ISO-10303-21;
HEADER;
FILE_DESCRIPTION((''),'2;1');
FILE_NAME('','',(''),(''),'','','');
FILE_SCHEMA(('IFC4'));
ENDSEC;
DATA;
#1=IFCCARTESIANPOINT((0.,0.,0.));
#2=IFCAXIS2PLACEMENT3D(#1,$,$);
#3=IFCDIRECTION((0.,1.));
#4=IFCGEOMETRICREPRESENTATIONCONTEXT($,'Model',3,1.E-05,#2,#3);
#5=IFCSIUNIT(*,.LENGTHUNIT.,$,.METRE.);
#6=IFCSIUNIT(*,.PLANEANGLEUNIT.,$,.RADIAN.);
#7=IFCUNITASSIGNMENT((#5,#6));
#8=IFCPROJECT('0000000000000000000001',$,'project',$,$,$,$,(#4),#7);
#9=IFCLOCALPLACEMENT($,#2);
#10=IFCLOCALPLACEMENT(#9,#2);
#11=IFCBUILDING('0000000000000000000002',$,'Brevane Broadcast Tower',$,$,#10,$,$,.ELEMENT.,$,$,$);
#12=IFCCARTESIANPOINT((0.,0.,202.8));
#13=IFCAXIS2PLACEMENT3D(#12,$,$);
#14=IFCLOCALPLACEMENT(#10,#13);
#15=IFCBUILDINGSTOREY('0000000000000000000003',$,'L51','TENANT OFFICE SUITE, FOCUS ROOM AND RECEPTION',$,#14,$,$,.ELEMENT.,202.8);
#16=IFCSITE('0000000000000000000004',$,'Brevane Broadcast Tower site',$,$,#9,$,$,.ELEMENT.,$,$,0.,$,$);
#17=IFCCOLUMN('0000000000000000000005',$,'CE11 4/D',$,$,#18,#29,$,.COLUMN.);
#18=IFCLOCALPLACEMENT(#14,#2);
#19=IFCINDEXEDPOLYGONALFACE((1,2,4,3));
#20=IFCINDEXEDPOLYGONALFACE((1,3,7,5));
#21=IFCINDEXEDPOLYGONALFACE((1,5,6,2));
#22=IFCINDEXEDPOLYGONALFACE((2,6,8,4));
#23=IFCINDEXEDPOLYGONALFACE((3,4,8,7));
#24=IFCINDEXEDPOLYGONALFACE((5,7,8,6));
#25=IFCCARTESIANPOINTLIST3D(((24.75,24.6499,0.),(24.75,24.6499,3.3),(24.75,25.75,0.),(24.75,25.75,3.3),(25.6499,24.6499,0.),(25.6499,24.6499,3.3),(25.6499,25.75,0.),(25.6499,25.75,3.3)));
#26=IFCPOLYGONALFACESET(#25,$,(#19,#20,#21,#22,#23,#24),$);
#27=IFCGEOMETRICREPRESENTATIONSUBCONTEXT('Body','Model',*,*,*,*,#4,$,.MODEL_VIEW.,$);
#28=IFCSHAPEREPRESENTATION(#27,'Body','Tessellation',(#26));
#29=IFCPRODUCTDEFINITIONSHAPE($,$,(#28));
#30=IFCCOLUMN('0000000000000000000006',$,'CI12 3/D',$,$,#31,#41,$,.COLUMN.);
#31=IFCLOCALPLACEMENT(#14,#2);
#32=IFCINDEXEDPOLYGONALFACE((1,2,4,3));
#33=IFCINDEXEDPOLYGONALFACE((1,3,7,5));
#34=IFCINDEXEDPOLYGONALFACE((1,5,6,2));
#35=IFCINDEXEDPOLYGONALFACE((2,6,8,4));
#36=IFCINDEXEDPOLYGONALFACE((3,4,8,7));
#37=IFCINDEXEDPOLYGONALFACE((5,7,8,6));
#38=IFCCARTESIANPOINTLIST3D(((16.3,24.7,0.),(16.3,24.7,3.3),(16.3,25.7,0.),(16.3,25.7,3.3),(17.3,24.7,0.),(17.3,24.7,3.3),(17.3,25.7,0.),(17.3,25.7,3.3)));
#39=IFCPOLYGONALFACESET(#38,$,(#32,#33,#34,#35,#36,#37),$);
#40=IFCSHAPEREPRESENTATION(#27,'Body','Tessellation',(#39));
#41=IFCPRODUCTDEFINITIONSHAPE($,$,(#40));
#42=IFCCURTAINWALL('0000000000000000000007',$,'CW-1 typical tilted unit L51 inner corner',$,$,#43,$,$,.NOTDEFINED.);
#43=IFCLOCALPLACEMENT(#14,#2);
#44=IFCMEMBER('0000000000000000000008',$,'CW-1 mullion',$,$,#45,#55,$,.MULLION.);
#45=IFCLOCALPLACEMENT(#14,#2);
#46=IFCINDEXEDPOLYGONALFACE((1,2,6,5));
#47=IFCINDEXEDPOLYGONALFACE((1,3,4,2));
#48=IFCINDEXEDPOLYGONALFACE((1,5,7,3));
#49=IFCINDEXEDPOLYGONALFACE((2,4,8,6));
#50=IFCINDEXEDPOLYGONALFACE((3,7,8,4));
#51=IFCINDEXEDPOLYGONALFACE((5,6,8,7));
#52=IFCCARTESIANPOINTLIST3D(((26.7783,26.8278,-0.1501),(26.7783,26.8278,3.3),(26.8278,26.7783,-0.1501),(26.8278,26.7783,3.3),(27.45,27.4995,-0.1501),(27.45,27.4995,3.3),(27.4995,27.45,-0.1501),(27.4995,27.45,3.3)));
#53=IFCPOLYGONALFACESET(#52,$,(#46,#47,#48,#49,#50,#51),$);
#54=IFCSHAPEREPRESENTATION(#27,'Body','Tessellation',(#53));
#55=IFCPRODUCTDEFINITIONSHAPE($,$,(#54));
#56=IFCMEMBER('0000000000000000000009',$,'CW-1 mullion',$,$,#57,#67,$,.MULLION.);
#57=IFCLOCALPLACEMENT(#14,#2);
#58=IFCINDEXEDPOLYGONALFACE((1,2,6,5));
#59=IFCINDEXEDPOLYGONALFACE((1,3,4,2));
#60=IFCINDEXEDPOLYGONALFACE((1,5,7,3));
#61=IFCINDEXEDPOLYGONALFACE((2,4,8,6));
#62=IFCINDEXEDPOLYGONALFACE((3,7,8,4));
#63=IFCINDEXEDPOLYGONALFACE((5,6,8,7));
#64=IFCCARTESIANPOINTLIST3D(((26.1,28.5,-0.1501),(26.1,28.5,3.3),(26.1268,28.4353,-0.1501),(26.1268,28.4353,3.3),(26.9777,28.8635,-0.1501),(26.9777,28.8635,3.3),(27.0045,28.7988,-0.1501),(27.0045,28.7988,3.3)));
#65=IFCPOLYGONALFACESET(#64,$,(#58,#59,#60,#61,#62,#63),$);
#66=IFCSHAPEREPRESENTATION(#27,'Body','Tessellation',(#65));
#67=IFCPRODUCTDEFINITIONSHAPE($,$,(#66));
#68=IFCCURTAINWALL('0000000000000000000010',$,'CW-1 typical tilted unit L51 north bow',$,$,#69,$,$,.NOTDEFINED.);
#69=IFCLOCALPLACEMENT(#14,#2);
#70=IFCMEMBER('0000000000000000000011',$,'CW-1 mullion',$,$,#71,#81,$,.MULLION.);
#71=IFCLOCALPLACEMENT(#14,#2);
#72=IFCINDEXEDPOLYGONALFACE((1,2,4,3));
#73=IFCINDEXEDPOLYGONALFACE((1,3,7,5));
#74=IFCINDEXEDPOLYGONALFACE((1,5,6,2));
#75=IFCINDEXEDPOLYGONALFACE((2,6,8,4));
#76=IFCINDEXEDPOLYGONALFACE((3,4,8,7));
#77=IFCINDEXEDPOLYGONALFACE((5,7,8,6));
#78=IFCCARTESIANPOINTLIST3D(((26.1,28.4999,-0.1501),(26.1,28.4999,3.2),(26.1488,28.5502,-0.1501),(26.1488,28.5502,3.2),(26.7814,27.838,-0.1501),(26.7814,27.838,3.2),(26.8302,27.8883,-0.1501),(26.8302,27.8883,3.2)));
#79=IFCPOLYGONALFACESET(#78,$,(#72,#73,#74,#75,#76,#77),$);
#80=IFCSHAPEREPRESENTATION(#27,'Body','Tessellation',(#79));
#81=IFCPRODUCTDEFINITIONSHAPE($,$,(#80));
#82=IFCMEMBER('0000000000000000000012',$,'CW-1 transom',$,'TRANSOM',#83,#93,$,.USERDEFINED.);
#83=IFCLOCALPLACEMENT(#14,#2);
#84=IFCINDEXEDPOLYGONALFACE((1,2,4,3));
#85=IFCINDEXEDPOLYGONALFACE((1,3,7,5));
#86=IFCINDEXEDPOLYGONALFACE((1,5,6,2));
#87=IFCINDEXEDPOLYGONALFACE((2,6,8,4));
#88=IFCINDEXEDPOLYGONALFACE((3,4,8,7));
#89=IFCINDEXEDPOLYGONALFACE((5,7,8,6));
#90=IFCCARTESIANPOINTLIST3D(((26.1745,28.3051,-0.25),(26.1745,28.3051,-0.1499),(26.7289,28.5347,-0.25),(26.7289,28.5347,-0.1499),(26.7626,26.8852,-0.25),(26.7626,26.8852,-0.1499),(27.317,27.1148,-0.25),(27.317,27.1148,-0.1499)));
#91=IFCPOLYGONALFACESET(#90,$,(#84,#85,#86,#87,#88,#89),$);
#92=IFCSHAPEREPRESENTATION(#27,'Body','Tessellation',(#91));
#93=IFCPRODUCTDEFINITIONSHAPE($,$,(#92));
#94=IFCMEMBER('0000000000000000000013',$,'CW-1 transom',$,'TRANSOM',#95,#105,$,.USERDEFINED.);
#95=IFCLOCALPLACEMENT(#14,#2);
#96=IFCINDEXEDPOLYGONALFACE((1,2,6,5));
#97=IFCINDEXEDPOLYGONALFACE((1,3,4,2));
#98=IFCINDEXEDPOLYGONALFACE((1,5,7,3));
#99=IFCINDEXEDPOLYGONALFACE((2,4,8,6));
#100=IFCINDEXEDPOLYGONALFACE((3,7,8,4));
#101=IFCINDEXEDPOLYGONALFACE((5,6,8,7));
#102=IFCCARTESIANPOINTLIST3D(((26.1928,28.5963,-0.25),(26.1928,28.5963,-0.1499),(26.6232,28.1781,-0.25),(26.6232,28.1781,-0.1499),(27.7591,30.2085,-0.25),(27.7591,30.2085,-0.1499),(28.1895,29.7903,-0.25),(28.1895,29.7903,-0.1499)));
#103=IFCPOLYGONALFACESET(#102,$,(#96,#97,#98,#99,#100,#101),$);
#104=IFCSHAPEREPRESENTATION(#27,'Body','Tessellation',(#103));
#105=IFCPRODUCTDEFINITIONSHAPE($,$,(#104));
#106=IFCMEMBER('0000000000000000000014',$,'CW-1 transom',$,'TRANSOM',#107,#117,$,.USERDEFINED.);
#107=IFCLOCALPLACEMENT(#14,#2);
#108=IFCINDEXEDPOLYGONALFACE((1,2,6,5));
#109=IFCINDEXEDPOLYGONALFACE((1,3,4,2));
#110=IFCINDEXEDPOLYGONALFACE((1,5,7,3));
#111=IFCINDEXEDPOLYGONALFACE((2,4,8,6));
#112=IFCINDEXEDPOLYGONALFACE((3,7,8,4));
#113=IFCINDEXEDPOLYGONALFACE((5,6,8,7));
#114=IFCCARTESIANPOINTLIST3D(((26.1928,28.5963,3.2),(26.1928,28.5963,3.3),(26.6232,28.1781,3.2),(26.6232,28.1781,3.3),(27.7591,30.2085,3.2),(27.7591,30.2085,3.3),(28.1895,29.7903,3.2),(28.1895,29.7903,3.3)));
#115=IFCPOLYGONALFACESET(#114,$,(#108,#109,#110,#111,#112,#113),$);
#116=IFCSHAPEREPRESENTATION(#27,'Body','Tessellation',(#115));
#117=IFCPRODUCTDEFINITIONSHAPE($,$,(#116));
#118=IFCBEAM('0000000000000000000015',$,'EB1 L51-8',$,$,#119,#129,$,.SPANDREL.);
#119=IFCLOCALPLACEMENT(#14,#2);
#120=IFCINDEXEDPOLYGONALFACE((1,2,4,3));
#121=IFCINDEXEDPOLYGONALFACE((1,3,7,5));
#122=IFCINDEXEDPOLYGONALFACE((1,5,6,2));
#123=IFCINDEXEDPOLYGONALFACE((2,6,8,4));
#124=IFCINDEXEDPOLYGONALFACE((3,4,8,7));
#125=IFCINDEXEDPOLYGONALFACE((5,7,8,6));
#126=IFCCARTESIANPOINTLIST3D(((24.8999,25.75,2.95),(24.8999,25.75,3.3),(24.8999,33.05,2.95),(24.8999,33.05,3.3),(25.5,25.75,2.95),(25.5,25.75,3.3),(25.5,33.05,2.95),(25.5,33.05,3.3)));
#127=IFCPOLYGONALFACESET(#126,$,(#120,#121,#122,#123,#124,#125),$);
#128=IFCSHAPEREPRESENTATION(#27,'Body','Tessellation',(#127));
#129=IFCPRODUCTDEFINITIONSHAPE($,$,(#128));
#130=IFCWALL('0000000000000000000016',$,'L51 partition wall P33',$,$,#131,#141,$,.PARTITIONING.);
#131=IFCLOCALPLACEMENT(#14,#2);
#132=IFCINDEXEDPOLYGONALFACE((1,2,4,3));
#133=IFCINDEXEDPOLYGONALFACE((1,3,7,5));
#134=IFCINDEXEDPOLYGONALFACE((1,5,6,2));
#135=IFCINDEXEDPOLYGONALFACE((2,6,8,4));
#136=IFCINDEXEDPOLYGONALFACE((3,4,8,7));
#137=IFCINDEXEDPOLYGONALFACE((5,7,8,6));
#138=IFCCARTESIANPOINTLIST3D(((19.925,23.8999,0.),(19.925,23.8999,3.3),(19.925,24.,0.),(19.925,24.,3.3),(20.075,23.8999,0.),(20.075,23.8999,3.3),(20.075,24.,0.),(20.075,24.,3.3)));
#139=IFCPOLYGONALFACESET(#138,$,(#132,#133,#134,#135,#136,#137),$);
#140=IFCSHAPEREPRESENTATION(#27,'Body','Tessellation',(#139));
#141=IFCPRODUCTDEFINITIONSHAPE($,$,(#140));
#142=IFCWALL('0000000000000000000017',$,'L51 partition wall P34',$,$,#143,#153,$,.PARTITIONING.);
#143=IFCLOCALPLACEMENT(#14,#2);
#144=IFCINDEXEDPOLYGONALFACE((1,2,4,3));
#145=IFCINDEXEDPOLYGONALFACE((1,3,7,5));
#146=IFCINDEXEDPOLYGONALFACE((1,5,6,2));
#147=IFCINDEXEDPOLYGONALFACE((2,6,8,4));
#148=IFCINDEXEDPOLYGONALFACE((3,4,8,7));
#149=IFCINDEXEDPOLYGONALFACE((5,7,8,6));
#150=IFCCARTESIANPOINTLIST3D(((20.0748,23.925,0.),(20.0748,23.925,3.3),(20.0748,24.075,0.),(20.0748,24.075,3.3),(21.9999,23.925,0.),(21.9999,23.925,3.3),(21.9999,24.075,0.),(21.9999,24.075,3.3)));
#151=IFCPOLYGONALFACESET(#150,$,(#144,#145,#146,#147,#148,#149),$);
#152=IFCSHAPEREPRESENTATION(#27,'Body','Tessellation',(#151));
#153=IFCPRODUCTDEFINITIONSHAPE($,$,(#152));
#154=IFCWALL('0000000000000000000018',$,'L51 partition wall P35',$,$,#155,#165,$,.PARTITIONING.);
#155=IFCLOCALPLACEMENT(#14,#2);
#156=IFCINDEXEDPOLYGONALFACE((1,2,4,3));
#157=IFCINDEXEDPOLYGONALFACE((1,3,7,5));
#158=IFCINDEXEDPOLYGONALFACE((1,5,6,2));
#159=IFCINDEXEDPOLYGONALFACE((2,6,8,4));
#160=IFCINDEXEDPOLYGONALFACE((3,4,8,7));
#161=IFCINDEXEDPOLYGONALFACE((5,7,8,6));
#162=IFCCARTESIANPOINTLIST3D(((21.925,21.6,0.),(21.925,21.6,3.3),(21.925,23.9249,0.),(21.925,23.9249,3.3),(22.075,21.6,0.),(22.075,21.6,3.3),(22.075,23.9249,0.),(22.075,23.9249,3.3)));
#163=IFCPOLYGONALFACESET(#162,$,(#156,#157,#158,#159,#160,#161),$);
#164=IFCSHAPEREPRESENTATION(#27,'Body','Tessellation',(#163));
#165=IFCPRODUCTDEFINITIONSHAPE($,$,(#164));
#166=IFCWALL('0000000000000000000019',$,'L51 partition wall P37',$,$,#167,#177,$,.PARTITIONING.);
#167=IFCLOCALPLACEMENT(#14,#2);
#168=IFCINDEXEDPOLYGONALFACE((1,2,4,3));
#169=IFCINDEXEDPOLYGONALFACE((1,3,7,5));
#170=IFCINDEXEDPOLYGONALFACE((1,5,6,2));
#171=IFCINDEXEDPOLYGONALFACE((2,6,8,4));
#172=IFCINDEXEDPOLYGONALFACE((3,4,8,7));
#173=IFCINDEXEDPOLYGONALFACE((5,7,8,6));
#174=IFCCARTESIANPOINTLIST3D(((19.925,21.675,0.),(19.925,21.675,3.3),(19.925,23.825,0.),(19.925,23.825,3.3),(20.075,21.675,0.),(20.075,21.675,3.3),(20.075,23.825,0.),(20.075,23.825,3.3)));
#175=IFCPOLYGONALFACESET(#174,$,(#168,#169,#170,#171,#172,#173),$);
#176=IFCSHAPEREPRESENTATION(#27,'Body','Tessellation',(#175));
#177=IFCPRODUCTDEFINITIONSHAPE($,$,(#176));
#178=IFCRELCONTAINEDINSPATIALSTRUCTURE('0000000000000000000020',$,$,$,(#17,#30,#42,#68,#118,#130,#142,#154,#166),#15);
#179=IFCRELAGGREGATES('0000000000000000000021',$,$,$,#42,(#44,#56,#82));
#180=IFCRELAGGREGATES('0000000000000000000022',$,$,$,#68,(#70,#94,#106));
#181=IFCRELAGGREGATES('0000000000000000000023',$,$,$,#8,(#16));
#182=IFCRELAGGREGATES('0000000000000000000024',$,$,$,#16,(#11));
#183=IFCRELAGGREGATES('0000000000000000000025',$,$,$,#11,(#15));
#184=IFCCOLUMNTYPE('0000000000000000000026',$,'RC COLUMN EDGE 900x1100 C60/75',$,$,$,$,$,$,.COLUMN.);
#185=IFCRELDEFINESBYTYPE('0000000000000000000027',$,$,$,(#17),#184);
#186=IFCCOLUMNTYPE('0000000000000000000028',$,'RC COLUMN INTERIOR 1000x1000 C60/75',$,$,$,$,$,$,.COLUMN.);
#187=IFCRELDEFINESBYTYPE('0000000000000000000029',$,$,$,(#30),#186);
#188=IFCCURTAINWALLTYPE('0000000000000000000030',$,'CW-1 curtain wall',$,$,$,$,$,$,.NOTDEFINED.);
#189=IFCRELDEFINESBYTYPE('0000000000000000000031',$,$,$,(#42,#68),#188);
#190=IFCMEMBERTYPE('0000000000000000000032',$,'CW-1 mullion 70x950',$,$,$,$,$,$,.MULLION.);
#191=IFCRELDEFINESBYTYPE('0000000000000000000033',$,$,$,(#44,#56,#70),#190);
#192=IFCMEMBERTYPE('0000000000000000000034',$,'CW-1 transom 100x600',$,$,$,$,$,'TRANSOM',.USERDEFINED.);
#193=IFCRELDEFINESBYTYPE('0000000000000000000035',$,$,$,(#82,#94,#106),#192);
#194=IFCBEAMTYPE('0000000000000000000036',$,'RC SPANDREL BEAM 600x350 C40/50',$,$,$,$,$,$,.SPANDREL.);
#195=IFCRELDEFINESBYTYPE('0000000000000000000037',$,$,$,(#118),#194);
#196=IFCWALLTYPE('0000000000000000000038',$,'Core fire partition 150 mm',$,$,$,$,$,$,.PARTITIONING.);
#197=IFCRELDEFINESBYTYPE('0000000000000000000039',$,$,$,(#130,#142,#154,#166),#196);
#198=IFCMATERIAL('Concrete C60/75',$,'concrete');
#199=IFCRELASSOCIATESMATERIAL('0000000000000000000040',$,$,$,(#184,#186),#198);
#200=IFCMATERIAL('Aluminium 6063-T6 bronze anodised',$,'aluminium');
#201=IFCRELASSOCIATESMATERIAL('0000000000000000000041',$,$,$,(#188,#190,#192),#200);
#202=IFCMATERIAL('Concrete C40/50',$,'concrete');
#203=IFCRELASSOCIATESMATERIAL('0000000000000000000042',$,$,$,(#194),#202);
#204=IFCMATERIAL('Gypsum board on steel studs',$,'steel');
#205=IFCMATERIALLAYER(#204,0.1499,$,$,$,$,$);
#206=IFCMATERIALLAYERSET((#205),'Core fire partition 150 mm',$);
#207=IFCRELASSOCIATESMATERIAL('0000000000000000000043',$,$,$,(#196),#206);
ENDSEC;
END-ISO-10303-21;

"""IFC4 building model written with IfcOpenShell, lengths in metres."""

from ifc_helpers import new_model, si_unit, direction, frame, frame_2d, origin, origin_2d, place, context, subcontext, project, spatial, rectangle, extrude, material, layer, layer_set, material_profile, profile_set, type_object, element, aggregate, save


model = new_model("IFC4")

# Units and contexts
model_context = context("Model", 3, precision=1e-05, world=origin(), true_north=direction((0.0, 1.0)))
body_context = subcontext(model_context, "Body", "Model", "MODEL_VIEW")
ifc_project = project(units=[si_unit("LENGTHUNIT", "METRE"), si_unit("PLANEANGLEUNIT", "RADIAN")], contexts=[model_context])

# Site, building, storey
site_placement = place(None, origin())
site = spatial("IfcSite", under=ifc_project, at=site_placement, Name="Brevane Broadcast Tower site", CompositionType="ELEMENT", RefElevation=0.0)
building_placement = place(site_placement, origin())
building = spatial("IfcBuilding", under=site, at=building_placement, Name="Brevane Broadcast Tower", CompositionType="ELEMENT")
storey_placement = place(building_placement, frame((0.0, 0.0, 202.8)))
storey = spatial("IfcBuildingStorey", under=building, at=storey_placement, Name="L51", Description="TENANT OFFICE SUITE, FOCUS ROOM AND RECEPTION", CompositionType="ELEMENT", Elevation=202.8)

# Columns
ifc_material_1 = material(Name="Concrete C60/75", Category="concrete")
ifc_material_profile_1 = material_profile(ifc_material_1, rectangle(XDim=0.8999, YDim=1.1001, at=origin_2d()), Name="RC 900x1100")
ifc_profile_set_1 = profile_set([ifc_material_profile_1], Name="Concrete C60/75")
column_type_1 = type_object("IfcColumnType", Name="RC COLUMN EDGE 900x1100 C60/75", PredefinedType="COLUMN", material=ifc_profile_set_1)
column_1_placement = place(storey_placement, frame((25.2, 25.2, 0.0), z_axis=(0.0, 0.0, 1.0), x_axis=(1.0, 0.0, 0.0)))
element("IfcColumn", 1, at=column_1_placement, inside=storey, type_object=column_type_1, Name="CE11 4/D", PredefinedType="COLUMN", context=body_context, shape_type="SweptSolid", body=[
    extrude(rectangle(XDim=0.8999, YDim=1.1001, at=origin_2d()), origin(), (0.0, 0.0, 1.0), 3.3),
])
ifc_material_profile_2 = material_profile(ifc_material_1, rectangle(XDim=1.0, YDim=1.0, at=origin_2d()), Name="RC 1000x1000")
ifc_profile_set_2 = profile_set([ifc_material_profile_2], Name="Concrete C60/75")
column_type_2 = type_object("IfcColumnType", Name="RC COLUMN INTERIOR 1000x1000 C60/75", PredefinedType="COLUMN", material=ifc_profile_set_2)
column_2_placement = place(storey_placement, frame((16.8, 25.2, 0.0), z_axis=(0.0, 0.0, 1.0), x_axis=(1.0, 0.0, 0.0)))
element("IfcColumn", 2, at=column_2_placement, inside=storey, type_object=column_type_2, Name="CI12 3/D", PredefinedType="COLUMN", context=body_context, shape_type="SweptSolid", body=[
    extrude(rectangle(XDim=1.0, YDim=1.0, at=origin_2d()), origin(), (0.0, 0.0, 1.0), 3.3),
])

# Curtain wall, members
ifc_material_2 = material(Name="Aluminium 6063-T6 bronze anodised", Category="aluminium")
curtain_wall_type = type_object("IfcCurtainWallType", Name="CW-1 curtain wall", PredefinedType="NOTDEFINED", material=ifc_material_2)
curtain_wall_1_placement = place(storey_placement, origin())
curtain_wall_1 = element("IfcCurtainWall", 3, at=curtain_wall_1_placement, inside=storey, type_object=curtain_wall_type, Name="CW-1 typical tilted unit L51 inner corner", PredefinedType="NOTDEFINED")
ifc_material_profile_3 = material_profile(ifc_material_2, rectangle(XDim=0.95, YDim=0.0701, at=origin_2d()), Name="RECT 70x950")
ifc_profile_set_3 = profile_set([ifc_material_profile_3], Name="Aluminium 6063-T6 bronze anodised")
member_type_1 = type_object("IfcMemberType", Name="CW-1 mullion 70x950", PredefinedType="MULLION", material=ifc_profile_set_3)
member_1_placement = place(storey_placement, frame((27.1389, 27.1389, -0.1501), z_axis=(0.0, 0.0, 1.0), x_axis=(-0.707107, -0.707107, 0.0)))
member_1 = element("IfcMember", 4, at=member_1_placement, type_object=member_type_1, Name="CW-1 mullion", PredefinedType="MULLION", context=body_context, shape_type="SweptSolid", body=[
    extrude(rectangle(XDim=0.95, YDim=0.0701, at=origin_2d()), origin(), (0.0, 0.0, 1.0), 3.4502),
])
member_2_placement = place(storey_placement, frame((26.5522, 28.6494, -0.1501), z_axis=(0.0, 0.0, 1.0), x_axis=(-0.92388, -0.382683, 0.0)))
member_2 = element("IfcMember", 5, at=member_2_placement, type_object=member_type_1, Name="CW-1 mullion", PredefinedType="MULLION", context=body_context, shape_type="SweptSolid", body=[
    extrude(rectangle(XDim=0.95, YDim=0.0701, at=origin_2d()), origin(), (0.0, 0.0, 1.0), 3.4502),
])

# Curtain wall, member
curtain_wall_2_placement = place(storey_placement, origin())
curtain_wall_2 = element("IfcCurtainWall", 6, at=curtain_wall_2_placement, inside=storey, type_object=curtain_wall_type, Name="CW-1 typical tilted unit L51 north bow", PredefinedType="NOTDEFINED")
member_3_placement = place(storey_placement, frame((26.4651, 28.1941, -0.1501), z_axis=(0.0, 0.0, 1.0), x_axis=(-0.717254, 0.696812, 0.0)))
member_3 = element("IfcMember", 7, at=member_3_placement, type_object=member_type_1, Name="CW-1 mullion", PredefinedType="MULLION", context=body_context, shape_type="SweptSolid", body=[
    extrude(rectangle(XDim=0.95, YDim=0.0701, at=origin_2d()), origin(), (0.0, 0.0, 1.0), 3.3501),
])

# Members
ifc_material_profile_4 = material_profile(ifc_material_2, rectangle(XDim=0.6001, YDim=0.1001, at=origin_2d()), Name="RECT 100x600")
ifc_profile_set_4 = profile_set([ifc_material_profile_4], Name="Aluminium 6063-T6 bronze anodised")
member_type_2 = type_object("IfcMemberType", Name="CW-1 transom 100x600", ElementType="TRANSOM", PredefinedType="USERDEFINED", material=ifc_profile_set_4)
member_4_placement = place(storey_placement, frame((27.0398, 27.0, -0.2), z_axis=(-0.382674, 0.923883, 0.0), x_axis=(-0.923883, -0.382674, 0.0)))
member_4 = element("IfcMember", 8, at=member_4_placement, type_object=member_type_2, Name="CW-1 transom", ObjectType="TRANSOM", PredefinedType="USERDEFINED", context=body_context, shape_type="SweptSolid", body=[
    extrude(rectangle(XDim=0.6001, YDim=0.1001, at=origin_2d()), origin(), (0.0, 0.0, 1.0), 1.5369),
])
aggregate(curtain_wall_1, [member_1, member_2, member_4])
member_5_placement = place(storey_placement, frame((26.408, 28.3872, -0.2), z_axis=(0.696824, 0.717242, 0.0), x_axis=(-0.717242, 0.696824, 0.0)))
member_5 = element("IfcMember", 9, at=member_5_placement, type_object=member_type_2, Name="CW-1 transom", ObjectType="TRANSOM", PredefinedType="USERDEFINED", context=body_context, shape_type="SweptSolid", body=[
    extrude(rectangle(XDim=0.6001, YDim=0.1001, at=origin_2d()), origin(), (0.0, 0.0, 1.0), 2.2478),
])
member_6_placement = place(storey_placement, frame((26.408, 28.3872, 3.25), z_axis=(0.696824, 0.717242, 0.0), x_axis=(-0.717242, 0.696824, 0.0)))
member_6 = element("IfcMember", 10, at=member_6_placement, type_object=member_type_2, Name="CW-1 transom", ObjectType="TRANSOM", PredefinedType="USERDEFINED", context=body_context, shape_type="SweptSolid", body=[
    extrude(rectangle(XDim=0.6001, YDim=0.1001, at=origin_2d()), origin(), (0.0, 0.0, 1.0), 2.2478),
])
aggregate(curtain_wall_2, [member_3, member_5, member_6])

# Beam
ifc_material_3 = material(Name="Concrete C40/50", Category="concrete")
ifc_material_profile_5 = material_profile(ifc_material_3, rectangle(XDim=0.6001, YDim=0.3501, at=origin_2d()), Name="RC 600x350")
ifc_profile_set_5 = profile_set([ifc_material_profile_5], Name="Concrete C40/50")
beam_type = type_object("IfcBeamType", Name="RC SPANDREL BEAM 600x350 C40/50", PredefinedType="SPANDREL", material=ifc_profile_set_5)
beam_placement = place(storey_placement, frame((25.2, 25.75, 3.125), z_axis=(0.0, 1.0, 0.0), x_axis=(-1.0, 0.0, 0.0)))
element("IfcBeam", 11, at=beam_placement, inside=storey, type_object=beam_type, Name="EB1 L51-8", PredefinedType="SPANDREL", context=body_context, shape_type="SweptSolid", body=[
    extrude(rectangle(XDim=0.6001, YDim=0.3501, at=origin_2d()), origin(), (0.0, 0.0, 1.0), 7.3),
])

# Walls
ifc_material_4 = material(Name="Gypsum board on steel studs", Category="steel")
ifc_layer_1 = layer(ifc_material_4, 0.1499)
ifc_layer_set_1 = layer_set([ifc_layer_1], Name="Core fire partition 150 mm")
wall_type_1 = type_object("IfcWallType", Name="Core fire partition 150 mm", PredefinedType="PARTITIONING", material=ifc_layer_set_1)
wall_1_placement = place(storey_placement, frame((20.0, 23.8999, 0.0), z_axis=(0.0, 0.0, 1.0), x_axis=(0.0, 1.0, 0.0)))
element("IfcWall", 12, at=wall_1_placement, inside=storey, type_object=wall_type_1, Name="L51 partition wall P33", PredefinedType="PARTITIONING", context=body_context, shape_type="SweptSolid", body=[
    extrude(rectangle(XDim=0.1001, YDim=0.1499, at=frame_2d((0.05, 0.0))), origin(), (0.0, 0.0, 1.0), 3.3),
])
wall_2_placement = place(storey_placement, frame((20.075, 24.0, 0.0), z_axis=(0.0, 0.0, 1.0), x_axis=(1.0, 0.0, 0.0)))
element("IfcWall", 13, at=wall_2_placement, inside=storey, type_object=wall_type_1, Name="L51 partition wall P34", PredefinedType="PARTITIONING", context=body_context, shape_type="SweptSolid", body=[
    extrude(rectangle(XDim=1.925, YDim=0.1499, at=frame_2d((0.9624, 0.0))), origin(), (0.0, 0.0, 1.0), 3.3),
])
wall_3_placement = place(storey_placement, frame((22.0, 23.925, 0.0), z_axis=(0.0, 0.0, 1.0), x_axis=(0.0, -1.0, 0.0)))
element("IfcWall", 14, at=wall_3_placement, inside=storey, type_object=wall_type_1, Name="L51 partition wall P35", PredefinedType="PARTITIONING", context=body_context, shape_type="SweptSolid", body=[
    extrude(rectangle(XDim=2.325, YDim=0.1499, at=frame_2d((1.1626, 0.0))), origin(), (0.0, 0.0, 1.0), 3.3),
])
wall_4_placement = place(storey_placement, frame((20.0, 21.675, 0.0), z_axis=(0.0, 0.0, 1.0), x_axis=(0.0, 1.0, 0.0)))
element("IfcWall", 15, at=wall_4_placement, inside=storey, type_object=wall_type_1, Name="L51 partition wall P37", PredefinedType="PARTITIONING", context=body_context, shape_type="SweptSolid", body=[
    extrude(rectangle(XDim=2.1499, YDim=0.1499, at=frame_2d((1.075, 0.0))), origin(), (0.0, 0.0, 1.0), 3.3),
])

save(model, "model.ifc")
